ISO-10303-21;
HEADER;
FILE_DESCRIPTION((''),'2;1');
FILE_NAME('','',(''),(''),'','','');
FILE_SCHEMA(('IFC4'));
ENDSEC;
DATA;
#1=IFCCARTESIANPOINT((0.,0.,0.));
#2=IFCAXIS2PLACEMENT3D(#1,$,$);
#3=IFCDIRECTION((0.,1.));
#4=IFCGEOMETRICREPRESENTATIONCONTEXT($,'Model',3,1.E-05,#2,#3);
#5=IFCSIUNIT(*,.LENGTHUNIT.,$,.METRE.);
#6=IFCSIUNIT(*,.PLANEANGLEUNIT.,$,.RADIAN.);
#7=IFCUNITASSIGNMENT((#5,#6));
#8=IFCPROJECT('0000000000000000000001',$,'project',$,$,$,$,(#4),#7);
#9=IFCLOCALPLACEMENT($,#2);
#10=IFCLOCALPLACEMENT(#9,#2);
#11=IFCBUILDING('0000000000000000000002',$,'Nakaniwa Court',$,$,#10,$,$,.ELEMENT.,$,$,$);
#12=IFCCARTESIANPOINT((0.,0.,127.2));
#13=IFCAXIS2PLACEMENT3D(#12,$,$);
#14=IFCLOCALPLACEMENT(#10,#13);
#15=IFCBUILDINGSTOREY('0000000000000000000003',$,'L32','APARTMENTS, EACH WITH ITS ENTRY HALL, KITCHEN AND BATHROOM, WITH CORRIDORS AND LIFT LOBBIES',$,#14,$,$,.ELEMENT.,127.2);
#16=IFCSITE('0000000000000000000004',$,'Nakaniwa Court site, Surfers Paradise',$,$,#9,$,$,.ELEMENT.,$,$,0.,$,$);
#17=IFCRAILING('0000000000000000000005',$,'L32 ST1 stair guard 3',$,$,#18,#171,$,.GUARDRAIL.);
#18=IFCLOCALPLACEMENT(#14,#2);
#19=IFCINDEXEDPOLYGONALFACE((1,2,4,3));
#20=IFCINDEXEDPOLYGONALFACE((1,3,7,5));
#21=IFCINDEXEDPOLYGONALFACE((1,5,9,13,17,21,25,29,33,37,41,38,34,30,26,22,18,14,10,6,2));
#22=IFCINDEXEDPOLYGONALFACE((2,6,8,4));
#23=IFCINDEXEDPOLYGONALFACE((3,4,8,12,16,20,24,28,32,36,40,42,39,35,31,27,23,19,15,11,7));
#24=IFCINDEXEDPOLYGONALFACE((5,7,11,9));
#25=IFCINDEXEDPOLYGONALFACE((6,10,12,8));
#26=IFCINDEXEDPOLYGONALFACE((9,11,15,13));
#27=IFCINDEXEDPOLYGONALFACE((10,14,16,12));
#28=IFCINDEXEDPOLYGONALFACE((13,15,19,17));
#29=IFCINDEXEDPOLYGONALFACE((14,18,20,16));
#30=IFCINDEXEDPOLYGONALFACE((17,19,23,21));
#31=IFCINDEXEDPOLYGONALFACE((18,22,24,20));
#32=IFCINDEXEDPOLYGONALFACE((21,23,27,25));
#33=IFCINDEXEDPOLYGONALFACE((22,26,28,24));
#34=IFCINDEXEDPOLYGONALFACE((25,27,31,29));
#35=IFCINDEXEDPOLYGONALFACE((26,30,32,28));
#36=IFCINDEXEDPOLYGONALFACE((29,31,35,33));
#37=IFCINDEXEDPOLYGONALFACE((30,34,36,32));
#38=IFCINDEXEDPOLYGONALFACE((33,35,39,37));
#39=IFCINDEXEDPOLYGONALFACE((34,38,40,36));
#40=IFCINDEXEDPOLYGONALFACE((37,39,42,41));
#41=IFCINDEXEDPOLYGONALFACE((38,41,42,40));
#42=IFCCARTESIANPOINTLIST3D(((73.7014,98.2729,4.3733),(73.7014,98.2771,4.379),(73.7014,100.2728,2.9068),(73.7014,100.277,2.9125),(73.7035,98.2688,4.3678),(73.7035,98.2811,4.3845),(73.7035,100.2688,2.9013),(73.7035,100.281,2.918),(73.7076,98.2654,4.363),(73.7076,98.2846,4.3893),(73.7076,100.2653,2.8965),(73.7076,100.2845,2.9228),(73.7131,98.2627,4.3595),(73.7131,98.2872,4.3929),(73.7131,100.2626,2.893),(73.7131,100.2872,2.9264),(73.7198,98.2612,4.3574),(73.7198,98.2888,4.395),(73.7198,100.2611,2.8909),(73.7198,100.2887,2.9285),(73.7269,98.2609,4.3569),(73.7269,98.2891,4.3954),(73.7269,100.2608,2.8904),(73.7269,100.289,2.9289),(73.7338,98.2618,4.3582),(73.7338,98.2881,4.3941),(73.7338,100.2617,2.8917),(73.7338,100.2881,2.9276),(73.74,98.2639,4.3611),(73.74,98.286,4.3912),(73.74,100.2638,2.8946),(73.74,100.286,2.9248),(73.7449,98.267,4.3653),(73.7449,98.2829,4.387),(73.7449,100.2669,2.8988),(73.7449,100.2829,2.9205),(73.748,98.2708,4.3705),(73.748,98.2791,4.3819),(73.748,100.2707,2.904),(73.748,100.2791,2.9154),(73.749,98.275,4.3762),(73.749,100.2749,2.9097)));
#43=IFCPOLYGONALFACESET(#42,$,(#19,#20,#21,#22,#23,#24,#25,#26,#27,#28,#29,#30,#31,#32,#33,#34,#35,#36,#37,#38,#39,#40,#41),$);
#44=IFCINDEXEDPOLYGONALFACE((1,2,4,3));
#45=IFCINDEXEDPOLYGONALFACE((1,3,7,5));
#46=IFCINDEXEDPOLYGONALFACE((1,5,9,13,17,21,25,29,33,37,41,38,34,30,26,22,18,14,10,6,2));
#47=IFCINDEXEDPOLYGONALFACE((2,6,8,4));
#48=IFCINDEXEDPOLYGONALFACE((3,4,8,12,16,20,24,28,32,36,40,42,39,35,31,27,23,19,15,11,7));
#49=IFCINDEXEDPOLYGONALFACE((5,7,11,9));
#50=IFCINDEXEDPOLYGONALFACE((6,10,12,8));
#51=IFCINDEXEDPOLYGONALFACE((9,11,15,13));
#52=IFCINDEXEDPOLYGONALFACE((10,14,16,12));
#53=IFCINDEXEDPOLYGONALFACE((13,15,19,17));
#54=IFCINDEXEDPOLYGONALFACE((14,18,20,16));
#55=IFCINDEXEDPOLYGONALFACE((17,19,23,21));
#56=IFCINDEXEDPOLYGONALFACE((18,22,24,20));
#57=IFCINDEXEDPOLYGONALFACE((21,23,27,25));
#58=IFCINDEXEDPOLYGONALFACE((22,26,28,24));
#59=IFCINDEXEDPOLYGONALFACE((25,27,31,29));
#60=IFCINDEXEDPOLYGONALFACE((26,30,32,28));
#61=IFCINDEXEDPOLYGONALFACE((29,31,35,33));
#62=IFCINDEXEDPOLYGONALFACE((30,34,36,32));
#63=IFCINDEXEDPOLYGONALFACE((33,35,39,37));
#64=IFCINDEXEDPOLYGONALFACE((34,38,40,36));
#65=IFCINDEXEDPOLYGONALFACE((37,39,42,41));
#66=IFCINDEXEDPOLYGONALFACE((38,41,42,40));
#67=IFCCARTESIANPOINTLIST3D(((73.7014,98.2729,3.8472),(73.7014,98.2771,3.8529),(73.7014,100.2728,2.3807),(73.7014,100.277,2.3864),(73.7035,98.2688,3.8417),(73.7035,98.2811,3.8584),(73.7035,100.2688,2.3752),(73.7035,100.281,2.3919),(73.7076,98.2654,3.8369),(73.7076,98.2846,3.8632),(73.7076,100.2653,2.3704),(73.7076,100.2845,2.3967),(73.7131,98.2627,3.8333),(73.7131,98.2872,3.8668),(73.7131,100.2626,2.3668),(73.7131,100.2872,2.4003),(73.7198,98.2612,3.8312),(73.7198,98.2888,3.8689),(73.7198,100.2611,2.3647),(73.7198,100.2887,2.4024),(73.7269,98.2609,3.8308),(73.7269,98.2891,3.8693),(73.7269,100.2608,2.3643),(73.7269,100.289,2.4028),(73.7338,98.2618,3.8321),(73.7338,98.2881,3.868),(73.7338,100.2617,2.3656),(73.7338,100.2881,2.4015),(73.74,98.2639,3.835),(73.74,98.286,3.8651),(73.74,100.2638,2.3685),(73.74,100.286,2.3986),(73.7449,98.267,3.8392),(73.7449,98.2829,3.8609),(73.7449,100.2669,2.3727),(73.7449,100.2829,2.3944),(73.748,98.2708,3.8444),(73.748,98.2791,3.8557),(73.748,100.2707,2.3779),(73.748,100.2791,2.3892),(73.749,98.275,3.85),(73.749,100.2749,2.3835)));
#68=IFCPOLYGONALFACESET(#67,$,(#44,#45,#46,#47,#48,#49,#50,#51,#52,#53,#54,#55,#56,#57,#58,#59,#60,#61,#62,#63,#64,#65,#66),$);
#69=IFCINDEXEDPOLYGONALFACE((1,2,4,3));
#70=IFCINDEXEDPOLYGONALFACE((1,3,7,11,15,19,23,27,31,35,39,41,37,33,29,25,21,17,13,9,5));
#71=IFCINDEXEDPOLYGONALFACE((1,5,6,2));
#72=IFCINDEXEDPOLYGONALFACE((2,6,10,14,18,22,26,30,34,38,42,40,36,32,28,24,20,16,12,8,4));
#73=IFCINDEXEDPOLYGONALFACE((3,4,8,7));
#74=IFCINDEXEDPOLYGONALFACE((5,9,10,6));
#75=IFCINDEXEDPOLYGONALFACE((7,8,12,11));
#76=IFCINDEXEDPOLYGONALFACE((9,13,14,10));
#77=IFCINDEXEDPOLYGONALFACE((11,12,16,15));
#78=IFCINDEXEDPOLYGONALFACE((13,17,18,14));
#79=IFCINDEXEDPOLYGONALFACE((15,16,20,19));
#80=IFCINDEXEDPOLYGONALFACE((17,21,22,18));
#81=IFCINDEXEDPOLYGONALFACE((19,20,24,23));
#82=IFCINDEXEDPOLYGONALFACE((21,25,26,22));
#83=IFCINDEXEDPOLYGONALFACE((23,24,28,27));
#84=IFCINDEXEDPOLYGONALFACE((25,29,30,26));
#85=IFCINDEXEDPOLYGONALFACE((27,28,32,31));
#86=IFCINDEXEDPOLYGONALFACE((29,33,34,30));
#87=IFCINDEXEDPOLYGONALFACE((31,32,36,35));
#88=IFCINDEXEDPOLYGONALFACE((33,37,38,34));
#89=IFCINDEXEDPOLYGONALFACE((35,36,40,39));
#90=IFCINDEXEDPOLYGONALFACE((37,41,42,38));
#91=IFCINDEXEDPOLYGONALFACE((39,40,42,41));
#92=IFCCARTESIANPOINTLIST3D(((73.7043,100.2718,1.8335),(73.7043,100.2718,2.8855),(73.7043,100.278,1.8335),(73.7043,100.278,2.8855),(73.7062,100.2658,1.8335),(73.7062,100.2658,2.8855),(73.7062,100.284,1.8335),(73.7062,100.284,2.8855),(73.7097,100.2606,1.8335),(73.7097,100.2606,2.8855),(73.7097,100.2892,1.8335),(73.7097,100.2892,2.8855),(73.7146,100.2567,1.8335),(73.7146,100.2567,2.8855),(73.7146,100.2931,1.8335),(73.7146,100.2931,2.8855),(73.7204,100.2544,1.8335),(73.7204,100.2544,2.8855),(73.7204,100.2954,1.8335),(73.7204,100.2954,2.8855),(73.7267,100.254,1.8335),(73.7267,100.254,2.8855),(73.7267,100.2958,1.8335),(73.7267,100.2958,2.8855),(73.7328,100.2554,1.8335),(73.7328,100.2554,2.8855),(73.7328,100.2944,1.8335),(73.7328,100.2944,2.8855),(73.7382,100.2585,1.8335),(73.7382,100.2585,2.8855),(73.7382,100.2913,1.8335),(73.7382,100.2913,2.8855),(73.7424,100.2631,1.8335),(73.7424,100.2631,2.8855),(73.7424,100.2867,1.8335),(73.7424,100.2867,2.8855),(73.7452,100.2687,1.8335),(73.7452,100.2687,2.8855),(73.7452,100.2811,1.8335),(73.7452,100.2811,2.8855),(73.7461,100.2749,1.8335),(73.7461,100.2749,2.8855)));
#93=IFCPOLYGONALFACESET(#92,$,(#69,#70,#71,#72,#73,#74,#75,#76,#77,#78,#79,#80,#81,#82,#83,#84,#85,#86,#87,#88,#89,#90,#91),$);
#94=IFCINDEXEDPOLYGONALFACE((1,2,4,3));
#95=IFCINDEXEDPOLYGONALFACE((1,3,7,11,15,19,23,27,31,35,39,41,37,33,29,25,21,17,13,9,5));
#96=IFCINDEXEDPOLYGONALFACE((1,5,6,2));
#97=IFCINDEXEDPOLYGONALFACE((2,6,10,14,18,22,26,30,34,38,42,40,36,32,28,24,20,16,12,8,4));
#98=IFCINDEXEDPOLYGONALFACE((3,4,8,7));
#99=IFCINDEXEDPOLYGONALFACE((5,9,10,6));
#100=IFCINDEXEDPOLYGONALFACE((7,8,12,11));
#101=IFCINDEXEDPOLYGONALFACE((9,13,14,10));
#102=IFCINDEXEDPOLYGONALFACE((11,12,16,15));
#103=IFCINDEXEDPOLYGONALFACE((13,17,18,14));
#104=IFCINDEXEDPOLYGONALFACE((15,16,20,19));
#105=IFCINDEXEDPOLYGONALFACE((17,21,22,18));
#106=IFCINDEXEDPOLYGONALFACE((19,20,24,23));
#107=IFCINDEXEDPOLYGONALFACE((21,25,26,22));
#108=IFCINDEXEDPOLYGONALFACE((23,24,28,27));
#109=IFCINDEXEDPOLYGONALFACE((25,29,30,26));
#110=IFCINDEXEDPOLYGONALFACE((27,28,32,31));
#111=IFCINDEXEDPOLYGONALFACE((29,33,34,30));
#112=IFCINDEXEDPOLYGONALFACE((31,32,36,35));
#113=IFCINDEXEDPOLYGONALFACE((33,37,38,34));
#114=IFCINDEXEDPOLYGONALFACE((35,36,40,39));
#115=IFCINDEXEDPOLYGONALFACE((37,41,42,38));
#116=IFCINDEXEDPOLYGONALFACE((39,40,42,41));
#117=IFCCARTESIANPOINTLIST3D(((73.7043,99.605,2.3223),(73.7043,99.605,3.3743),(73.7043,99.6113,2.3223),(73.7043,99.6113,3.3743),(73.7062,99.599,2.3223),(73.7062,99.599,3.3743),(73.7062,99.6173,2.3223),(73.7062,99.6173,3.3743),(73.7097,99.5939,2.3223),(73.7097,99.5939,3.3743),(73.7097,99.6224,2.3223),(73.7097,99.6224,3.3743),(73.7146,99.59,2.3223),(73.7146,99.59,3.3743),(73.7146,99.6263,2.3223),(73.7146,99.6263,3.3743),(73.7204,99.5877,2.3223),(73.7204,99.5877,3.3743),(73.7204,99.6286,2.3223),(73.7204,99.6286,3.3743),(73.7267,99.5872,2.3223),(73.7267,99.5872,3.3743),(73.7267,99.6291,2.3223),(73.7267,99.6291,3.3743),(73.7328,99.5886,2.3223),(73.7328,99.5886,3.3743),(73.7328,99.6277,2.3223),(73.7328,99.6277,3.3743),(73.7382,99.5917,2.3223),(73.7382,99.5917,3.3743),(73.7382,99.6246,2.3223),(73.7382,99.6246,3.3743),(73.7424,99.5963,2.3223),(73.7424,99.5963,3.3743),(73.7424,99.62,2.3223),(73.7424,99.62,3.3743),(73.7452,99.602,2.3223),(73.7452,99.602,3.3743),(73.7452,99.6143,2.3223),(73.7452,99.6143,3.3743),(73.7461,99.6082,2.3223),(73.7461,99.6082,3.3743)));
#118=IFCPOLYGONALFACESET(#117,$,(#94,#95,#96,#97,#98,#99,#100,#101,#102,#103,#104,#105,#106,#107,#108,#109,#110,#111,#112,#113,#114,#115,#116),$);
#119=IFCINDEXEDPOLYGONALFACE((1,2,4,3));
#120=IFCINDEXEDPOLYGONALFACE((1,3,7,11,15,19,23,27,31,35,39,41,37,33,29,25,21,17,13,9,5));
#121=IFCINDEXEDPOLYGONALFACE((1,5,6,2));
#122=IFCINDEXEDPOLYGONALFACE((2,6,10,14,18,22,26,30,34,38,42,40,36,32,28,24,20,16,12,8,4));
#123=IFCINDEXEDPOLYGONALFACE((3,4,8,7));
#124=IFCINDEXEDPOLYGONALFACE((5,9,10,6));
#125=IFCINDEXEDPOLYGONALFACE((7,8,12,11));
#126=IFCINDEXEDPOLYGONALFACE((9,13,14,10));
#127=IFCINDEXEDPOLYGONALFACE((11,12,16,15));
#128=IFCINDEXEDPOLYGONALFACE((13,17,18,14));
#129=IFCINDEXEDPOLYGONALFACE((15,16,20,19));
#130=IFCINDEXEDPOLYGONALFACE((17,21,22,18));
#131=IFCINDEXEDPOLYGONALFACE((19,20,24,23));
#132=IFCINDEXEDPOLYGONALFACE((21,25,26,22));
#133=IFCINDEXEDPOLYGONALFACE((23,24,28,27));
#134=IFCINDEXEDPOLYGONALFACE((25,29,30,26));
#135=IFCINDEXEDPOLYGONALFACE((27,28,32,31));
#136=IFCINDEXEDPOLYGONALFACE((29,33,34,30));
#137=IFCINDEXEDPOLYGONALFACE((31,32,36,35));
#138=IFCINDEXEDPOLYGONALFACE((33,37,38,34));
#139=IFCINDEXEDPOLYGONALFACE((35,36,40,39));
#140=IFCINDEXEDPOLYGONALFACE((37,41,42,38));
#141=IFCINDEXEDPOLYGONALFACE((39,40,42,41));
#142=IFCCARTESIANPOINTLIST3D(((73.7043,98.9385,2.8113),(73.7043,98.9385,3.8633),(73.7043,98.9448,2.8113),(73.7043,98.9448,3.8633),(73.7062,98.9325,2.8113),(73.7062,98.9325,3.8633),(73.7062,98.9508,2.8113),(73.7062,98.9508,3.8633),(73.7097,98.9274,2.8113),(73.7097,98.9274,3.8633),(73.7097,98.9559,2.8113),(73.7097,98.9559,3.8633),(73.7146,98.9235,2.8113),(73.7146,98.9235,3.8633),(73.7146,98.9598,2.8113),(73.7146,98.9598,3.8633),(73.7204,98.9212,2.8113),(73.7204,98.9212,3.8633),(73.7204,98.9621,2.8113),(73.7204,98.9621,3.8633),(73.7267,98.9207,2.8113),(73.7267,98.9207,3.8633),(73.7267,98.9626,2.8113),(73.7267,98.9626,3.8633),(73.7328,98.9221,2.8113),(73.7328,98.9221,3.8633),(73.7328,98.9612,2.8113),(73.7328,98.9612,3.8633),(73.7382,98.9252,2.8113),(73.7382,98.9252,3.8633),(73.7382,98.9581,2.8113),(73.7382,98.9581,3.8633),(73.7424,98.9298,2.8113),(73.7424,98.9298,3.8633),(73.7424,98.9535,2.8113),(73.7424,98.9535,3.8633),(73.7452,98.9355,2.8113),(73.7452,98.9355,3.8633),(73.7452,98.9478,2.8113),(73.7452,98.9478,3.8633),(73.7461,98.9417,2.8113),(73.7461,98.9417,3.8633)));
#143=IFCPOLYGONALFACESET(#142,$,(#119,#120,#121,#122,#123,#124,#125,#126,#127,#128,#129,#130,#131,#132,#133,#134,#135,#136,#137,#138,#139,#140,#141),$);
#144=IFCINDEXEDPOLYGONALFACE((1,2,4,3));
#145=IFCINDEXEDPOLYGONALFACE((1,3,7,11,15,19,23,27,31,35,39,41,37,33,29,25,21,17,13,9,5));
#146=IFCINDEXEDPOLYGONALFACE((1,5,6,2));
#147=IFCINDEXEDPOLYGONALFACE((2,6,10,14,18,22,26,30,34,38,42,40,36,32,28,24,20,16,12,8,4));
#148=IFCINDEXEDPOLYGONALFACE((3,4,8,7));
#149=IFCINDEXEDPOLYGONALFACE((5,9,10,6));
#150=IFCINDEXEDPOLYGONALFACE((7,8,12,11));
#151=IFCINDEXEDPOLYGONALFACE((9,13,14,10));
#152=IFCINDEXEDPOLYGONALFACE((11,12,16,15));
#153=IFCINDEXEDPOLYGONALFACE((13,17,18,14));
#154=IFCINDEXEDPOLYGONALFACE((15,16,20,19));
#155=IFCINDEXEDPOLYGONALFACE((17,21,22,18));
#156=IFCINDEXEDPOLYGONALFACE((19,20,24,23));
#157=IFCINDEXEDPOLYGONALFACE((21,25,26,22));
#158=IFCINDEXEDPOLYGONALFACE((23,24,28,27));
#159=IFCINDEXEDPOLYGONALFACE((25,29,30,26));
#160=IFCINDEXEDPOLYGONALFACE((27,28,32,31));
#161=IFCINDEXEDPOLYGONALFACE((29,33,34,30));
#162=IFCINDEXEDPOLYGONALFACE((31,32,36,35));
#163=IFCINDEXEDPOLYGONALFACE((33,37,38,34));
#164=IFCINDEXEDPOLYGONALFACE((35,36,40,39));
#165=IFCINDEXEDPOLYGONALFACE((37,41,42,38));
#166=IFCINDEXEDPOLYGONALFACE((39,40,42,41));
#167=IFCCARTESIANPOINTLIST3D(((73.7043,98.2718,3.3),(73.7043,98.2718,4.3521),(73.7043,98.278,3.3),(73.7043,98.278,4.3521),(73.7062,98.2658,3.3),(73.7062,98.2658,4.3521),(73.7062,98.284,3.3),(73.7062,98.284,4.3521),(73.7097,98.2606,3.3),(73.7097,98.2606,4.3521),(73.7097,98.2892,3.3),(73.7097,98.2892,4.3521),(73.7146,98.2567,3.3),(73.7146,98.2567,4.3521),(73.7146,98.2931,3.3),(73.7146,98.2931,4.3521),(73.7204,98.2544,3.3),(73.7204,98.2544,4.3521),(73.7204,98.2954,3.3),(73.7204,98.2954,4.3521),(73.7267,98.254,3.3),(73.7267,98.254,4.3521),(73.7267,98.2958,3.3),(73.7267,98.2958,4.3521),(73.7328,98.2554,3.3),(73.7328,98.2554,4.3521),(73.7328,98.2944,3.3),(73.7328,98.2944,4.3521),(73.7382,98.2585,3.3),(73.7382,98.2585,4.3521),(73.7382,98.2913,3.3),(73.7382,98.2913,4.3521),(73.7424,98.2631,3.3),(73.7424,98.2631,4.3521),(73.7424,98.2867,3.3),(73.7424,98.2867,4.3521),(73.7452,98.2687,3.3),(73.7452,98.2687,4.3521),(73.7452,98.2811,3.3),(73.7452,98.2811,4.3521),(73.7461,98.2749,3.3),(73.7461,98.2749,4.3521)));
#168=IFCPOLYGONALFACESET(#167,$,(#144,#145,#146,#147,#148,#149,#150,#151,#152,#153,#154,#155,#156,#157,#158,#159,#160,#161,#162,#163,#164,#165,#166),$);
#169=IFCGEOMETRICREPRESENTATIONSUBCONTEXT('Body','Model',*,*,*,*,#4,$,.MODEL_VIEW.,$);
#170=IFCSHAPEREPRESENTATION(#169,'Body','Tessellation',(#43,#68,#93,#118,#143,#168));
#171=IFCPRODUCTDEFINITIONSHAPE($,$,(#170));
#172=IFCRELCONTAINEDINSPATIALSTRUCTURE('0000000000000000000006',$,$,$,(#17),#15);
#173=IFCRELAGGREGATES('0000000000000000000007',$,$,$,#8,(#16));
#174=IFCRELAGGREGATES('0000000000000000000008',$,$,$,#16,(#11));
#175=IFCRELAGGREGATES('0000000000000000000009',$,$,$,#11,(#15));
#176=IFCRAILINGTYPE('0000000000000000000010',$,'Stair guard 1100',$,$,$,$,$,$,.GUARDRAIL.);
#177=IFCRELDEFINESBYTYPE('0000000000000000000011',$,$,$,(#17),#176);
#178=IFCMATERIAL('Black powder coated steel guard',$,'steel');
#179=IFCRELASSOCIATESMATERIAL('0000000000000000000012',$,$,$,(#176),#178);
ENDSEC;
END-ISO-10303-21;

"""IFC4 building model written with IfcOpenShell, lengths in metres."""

from ifc_helpers import new_model, si_unit, direction, frame, origin, origin_2d, place, context, subcontext, project, spatial, circle, extrude, material, type_object, element, save


model = new_model("IFC4")

# Units and contexts
model_context = context("Model", 3, precision=1e-05, world=origin(), true_north=direction((0.0, 1.0)))
body_context = subcontext(model_context, "Body", "Model", "MODEL_VIEW")
ifc_project = project(units=[si_unit("LENGTHUNIT", "METRE"), si_unit("PLANEANGLEUNIT", "RADIAN")], contexts=[model_context])

# Site, building, storey
site_placement = place(None, origin())
site = spatial("IfcSite", under=ifc_project, at=site_placement, Name="Nakaniwa Court site, Surfers Paradise", CompositionType="ELEMENT", RefElevation=0.0)
building_placement = place(site_placement, origin())
building = spatial("IfcBuilding", under=site, at=building_placement, Name="Nakaniwa Court", CompositionType="ELEMENT")
storey_placement = place(building_placement, frame((0.0, 0.0, 127.2)))
storey = spatial("IfcBuildingStorey", under=building, at=storey_placement, Name="L32", Description="APARTMENTS, EACH WITH ITS ENTRY HALL, KITCHEN AND BATHROOM, WITH CORRIDORS AND LIFT LOBBIES", CompositionType="ELEMENT", Elevation=127.2)

# Railing
ifc_material_1 = material(Name="Black powder coated steel guard", Category="steel")
railing_type_1 = type_object("IfcRailingType", Name="Stair guard 1100", PredefinedType="GUARDRAIL", material=ifc_material_1)
railing_1_placement = place(storey_placement, frame((73.7251, 100.2749, 1.8335)))
element("IfcRailing", 1, at=railing_1_placement, inside=storey, type_object=railing_type_1, Name="L32 ST1 stair guard 3", PredefinedType="GUARDRAIL", context=body_context, shape_type="SweptSolid", body=[
    extrude(circle(Radius=0.0239, at=origin_2d()), frame((0.0, 0.0, 1.0762), z_axis=(0.0, -0.806427, 0.591334), x_axis=(1.0, 0.0, 0.0)), (0.0, 0.0, 1.0), 2.48),
    extrude(circle(Radius=0.0239, at=origin_2d()), frame((0.0, 0.0, 0.55), z_axis=(0.0, -0.806427, 0.591334), x_axis=(1.0, 0.0, 0.0)), (0.0, 0.0, 1.0), 2.48),
    extrude(circle(Radius=0.021, at=origin_2d()), origin(), (0.0, 0.0, 1.0), 1.052),
    extrude(circle(Radius=0.021, at=origin_2d()), frame((0.0, -0.6667, 0.4888)), (0.0, 0.0, 1.0), 1.052),
    extrude(circle(Radius=0.021, at=origin_2d()), frame((0.0, -1.3333, 0.9778)), (0.0, 0.0, 1.0), 1.052),
    extrude(circle(Radius=0.021, at=origin_2d()), frame((0.0, -2.0, 1.4666)), (0.0, 0.0, 1.0), 1.052),
])

save(model, "model.ifc")
